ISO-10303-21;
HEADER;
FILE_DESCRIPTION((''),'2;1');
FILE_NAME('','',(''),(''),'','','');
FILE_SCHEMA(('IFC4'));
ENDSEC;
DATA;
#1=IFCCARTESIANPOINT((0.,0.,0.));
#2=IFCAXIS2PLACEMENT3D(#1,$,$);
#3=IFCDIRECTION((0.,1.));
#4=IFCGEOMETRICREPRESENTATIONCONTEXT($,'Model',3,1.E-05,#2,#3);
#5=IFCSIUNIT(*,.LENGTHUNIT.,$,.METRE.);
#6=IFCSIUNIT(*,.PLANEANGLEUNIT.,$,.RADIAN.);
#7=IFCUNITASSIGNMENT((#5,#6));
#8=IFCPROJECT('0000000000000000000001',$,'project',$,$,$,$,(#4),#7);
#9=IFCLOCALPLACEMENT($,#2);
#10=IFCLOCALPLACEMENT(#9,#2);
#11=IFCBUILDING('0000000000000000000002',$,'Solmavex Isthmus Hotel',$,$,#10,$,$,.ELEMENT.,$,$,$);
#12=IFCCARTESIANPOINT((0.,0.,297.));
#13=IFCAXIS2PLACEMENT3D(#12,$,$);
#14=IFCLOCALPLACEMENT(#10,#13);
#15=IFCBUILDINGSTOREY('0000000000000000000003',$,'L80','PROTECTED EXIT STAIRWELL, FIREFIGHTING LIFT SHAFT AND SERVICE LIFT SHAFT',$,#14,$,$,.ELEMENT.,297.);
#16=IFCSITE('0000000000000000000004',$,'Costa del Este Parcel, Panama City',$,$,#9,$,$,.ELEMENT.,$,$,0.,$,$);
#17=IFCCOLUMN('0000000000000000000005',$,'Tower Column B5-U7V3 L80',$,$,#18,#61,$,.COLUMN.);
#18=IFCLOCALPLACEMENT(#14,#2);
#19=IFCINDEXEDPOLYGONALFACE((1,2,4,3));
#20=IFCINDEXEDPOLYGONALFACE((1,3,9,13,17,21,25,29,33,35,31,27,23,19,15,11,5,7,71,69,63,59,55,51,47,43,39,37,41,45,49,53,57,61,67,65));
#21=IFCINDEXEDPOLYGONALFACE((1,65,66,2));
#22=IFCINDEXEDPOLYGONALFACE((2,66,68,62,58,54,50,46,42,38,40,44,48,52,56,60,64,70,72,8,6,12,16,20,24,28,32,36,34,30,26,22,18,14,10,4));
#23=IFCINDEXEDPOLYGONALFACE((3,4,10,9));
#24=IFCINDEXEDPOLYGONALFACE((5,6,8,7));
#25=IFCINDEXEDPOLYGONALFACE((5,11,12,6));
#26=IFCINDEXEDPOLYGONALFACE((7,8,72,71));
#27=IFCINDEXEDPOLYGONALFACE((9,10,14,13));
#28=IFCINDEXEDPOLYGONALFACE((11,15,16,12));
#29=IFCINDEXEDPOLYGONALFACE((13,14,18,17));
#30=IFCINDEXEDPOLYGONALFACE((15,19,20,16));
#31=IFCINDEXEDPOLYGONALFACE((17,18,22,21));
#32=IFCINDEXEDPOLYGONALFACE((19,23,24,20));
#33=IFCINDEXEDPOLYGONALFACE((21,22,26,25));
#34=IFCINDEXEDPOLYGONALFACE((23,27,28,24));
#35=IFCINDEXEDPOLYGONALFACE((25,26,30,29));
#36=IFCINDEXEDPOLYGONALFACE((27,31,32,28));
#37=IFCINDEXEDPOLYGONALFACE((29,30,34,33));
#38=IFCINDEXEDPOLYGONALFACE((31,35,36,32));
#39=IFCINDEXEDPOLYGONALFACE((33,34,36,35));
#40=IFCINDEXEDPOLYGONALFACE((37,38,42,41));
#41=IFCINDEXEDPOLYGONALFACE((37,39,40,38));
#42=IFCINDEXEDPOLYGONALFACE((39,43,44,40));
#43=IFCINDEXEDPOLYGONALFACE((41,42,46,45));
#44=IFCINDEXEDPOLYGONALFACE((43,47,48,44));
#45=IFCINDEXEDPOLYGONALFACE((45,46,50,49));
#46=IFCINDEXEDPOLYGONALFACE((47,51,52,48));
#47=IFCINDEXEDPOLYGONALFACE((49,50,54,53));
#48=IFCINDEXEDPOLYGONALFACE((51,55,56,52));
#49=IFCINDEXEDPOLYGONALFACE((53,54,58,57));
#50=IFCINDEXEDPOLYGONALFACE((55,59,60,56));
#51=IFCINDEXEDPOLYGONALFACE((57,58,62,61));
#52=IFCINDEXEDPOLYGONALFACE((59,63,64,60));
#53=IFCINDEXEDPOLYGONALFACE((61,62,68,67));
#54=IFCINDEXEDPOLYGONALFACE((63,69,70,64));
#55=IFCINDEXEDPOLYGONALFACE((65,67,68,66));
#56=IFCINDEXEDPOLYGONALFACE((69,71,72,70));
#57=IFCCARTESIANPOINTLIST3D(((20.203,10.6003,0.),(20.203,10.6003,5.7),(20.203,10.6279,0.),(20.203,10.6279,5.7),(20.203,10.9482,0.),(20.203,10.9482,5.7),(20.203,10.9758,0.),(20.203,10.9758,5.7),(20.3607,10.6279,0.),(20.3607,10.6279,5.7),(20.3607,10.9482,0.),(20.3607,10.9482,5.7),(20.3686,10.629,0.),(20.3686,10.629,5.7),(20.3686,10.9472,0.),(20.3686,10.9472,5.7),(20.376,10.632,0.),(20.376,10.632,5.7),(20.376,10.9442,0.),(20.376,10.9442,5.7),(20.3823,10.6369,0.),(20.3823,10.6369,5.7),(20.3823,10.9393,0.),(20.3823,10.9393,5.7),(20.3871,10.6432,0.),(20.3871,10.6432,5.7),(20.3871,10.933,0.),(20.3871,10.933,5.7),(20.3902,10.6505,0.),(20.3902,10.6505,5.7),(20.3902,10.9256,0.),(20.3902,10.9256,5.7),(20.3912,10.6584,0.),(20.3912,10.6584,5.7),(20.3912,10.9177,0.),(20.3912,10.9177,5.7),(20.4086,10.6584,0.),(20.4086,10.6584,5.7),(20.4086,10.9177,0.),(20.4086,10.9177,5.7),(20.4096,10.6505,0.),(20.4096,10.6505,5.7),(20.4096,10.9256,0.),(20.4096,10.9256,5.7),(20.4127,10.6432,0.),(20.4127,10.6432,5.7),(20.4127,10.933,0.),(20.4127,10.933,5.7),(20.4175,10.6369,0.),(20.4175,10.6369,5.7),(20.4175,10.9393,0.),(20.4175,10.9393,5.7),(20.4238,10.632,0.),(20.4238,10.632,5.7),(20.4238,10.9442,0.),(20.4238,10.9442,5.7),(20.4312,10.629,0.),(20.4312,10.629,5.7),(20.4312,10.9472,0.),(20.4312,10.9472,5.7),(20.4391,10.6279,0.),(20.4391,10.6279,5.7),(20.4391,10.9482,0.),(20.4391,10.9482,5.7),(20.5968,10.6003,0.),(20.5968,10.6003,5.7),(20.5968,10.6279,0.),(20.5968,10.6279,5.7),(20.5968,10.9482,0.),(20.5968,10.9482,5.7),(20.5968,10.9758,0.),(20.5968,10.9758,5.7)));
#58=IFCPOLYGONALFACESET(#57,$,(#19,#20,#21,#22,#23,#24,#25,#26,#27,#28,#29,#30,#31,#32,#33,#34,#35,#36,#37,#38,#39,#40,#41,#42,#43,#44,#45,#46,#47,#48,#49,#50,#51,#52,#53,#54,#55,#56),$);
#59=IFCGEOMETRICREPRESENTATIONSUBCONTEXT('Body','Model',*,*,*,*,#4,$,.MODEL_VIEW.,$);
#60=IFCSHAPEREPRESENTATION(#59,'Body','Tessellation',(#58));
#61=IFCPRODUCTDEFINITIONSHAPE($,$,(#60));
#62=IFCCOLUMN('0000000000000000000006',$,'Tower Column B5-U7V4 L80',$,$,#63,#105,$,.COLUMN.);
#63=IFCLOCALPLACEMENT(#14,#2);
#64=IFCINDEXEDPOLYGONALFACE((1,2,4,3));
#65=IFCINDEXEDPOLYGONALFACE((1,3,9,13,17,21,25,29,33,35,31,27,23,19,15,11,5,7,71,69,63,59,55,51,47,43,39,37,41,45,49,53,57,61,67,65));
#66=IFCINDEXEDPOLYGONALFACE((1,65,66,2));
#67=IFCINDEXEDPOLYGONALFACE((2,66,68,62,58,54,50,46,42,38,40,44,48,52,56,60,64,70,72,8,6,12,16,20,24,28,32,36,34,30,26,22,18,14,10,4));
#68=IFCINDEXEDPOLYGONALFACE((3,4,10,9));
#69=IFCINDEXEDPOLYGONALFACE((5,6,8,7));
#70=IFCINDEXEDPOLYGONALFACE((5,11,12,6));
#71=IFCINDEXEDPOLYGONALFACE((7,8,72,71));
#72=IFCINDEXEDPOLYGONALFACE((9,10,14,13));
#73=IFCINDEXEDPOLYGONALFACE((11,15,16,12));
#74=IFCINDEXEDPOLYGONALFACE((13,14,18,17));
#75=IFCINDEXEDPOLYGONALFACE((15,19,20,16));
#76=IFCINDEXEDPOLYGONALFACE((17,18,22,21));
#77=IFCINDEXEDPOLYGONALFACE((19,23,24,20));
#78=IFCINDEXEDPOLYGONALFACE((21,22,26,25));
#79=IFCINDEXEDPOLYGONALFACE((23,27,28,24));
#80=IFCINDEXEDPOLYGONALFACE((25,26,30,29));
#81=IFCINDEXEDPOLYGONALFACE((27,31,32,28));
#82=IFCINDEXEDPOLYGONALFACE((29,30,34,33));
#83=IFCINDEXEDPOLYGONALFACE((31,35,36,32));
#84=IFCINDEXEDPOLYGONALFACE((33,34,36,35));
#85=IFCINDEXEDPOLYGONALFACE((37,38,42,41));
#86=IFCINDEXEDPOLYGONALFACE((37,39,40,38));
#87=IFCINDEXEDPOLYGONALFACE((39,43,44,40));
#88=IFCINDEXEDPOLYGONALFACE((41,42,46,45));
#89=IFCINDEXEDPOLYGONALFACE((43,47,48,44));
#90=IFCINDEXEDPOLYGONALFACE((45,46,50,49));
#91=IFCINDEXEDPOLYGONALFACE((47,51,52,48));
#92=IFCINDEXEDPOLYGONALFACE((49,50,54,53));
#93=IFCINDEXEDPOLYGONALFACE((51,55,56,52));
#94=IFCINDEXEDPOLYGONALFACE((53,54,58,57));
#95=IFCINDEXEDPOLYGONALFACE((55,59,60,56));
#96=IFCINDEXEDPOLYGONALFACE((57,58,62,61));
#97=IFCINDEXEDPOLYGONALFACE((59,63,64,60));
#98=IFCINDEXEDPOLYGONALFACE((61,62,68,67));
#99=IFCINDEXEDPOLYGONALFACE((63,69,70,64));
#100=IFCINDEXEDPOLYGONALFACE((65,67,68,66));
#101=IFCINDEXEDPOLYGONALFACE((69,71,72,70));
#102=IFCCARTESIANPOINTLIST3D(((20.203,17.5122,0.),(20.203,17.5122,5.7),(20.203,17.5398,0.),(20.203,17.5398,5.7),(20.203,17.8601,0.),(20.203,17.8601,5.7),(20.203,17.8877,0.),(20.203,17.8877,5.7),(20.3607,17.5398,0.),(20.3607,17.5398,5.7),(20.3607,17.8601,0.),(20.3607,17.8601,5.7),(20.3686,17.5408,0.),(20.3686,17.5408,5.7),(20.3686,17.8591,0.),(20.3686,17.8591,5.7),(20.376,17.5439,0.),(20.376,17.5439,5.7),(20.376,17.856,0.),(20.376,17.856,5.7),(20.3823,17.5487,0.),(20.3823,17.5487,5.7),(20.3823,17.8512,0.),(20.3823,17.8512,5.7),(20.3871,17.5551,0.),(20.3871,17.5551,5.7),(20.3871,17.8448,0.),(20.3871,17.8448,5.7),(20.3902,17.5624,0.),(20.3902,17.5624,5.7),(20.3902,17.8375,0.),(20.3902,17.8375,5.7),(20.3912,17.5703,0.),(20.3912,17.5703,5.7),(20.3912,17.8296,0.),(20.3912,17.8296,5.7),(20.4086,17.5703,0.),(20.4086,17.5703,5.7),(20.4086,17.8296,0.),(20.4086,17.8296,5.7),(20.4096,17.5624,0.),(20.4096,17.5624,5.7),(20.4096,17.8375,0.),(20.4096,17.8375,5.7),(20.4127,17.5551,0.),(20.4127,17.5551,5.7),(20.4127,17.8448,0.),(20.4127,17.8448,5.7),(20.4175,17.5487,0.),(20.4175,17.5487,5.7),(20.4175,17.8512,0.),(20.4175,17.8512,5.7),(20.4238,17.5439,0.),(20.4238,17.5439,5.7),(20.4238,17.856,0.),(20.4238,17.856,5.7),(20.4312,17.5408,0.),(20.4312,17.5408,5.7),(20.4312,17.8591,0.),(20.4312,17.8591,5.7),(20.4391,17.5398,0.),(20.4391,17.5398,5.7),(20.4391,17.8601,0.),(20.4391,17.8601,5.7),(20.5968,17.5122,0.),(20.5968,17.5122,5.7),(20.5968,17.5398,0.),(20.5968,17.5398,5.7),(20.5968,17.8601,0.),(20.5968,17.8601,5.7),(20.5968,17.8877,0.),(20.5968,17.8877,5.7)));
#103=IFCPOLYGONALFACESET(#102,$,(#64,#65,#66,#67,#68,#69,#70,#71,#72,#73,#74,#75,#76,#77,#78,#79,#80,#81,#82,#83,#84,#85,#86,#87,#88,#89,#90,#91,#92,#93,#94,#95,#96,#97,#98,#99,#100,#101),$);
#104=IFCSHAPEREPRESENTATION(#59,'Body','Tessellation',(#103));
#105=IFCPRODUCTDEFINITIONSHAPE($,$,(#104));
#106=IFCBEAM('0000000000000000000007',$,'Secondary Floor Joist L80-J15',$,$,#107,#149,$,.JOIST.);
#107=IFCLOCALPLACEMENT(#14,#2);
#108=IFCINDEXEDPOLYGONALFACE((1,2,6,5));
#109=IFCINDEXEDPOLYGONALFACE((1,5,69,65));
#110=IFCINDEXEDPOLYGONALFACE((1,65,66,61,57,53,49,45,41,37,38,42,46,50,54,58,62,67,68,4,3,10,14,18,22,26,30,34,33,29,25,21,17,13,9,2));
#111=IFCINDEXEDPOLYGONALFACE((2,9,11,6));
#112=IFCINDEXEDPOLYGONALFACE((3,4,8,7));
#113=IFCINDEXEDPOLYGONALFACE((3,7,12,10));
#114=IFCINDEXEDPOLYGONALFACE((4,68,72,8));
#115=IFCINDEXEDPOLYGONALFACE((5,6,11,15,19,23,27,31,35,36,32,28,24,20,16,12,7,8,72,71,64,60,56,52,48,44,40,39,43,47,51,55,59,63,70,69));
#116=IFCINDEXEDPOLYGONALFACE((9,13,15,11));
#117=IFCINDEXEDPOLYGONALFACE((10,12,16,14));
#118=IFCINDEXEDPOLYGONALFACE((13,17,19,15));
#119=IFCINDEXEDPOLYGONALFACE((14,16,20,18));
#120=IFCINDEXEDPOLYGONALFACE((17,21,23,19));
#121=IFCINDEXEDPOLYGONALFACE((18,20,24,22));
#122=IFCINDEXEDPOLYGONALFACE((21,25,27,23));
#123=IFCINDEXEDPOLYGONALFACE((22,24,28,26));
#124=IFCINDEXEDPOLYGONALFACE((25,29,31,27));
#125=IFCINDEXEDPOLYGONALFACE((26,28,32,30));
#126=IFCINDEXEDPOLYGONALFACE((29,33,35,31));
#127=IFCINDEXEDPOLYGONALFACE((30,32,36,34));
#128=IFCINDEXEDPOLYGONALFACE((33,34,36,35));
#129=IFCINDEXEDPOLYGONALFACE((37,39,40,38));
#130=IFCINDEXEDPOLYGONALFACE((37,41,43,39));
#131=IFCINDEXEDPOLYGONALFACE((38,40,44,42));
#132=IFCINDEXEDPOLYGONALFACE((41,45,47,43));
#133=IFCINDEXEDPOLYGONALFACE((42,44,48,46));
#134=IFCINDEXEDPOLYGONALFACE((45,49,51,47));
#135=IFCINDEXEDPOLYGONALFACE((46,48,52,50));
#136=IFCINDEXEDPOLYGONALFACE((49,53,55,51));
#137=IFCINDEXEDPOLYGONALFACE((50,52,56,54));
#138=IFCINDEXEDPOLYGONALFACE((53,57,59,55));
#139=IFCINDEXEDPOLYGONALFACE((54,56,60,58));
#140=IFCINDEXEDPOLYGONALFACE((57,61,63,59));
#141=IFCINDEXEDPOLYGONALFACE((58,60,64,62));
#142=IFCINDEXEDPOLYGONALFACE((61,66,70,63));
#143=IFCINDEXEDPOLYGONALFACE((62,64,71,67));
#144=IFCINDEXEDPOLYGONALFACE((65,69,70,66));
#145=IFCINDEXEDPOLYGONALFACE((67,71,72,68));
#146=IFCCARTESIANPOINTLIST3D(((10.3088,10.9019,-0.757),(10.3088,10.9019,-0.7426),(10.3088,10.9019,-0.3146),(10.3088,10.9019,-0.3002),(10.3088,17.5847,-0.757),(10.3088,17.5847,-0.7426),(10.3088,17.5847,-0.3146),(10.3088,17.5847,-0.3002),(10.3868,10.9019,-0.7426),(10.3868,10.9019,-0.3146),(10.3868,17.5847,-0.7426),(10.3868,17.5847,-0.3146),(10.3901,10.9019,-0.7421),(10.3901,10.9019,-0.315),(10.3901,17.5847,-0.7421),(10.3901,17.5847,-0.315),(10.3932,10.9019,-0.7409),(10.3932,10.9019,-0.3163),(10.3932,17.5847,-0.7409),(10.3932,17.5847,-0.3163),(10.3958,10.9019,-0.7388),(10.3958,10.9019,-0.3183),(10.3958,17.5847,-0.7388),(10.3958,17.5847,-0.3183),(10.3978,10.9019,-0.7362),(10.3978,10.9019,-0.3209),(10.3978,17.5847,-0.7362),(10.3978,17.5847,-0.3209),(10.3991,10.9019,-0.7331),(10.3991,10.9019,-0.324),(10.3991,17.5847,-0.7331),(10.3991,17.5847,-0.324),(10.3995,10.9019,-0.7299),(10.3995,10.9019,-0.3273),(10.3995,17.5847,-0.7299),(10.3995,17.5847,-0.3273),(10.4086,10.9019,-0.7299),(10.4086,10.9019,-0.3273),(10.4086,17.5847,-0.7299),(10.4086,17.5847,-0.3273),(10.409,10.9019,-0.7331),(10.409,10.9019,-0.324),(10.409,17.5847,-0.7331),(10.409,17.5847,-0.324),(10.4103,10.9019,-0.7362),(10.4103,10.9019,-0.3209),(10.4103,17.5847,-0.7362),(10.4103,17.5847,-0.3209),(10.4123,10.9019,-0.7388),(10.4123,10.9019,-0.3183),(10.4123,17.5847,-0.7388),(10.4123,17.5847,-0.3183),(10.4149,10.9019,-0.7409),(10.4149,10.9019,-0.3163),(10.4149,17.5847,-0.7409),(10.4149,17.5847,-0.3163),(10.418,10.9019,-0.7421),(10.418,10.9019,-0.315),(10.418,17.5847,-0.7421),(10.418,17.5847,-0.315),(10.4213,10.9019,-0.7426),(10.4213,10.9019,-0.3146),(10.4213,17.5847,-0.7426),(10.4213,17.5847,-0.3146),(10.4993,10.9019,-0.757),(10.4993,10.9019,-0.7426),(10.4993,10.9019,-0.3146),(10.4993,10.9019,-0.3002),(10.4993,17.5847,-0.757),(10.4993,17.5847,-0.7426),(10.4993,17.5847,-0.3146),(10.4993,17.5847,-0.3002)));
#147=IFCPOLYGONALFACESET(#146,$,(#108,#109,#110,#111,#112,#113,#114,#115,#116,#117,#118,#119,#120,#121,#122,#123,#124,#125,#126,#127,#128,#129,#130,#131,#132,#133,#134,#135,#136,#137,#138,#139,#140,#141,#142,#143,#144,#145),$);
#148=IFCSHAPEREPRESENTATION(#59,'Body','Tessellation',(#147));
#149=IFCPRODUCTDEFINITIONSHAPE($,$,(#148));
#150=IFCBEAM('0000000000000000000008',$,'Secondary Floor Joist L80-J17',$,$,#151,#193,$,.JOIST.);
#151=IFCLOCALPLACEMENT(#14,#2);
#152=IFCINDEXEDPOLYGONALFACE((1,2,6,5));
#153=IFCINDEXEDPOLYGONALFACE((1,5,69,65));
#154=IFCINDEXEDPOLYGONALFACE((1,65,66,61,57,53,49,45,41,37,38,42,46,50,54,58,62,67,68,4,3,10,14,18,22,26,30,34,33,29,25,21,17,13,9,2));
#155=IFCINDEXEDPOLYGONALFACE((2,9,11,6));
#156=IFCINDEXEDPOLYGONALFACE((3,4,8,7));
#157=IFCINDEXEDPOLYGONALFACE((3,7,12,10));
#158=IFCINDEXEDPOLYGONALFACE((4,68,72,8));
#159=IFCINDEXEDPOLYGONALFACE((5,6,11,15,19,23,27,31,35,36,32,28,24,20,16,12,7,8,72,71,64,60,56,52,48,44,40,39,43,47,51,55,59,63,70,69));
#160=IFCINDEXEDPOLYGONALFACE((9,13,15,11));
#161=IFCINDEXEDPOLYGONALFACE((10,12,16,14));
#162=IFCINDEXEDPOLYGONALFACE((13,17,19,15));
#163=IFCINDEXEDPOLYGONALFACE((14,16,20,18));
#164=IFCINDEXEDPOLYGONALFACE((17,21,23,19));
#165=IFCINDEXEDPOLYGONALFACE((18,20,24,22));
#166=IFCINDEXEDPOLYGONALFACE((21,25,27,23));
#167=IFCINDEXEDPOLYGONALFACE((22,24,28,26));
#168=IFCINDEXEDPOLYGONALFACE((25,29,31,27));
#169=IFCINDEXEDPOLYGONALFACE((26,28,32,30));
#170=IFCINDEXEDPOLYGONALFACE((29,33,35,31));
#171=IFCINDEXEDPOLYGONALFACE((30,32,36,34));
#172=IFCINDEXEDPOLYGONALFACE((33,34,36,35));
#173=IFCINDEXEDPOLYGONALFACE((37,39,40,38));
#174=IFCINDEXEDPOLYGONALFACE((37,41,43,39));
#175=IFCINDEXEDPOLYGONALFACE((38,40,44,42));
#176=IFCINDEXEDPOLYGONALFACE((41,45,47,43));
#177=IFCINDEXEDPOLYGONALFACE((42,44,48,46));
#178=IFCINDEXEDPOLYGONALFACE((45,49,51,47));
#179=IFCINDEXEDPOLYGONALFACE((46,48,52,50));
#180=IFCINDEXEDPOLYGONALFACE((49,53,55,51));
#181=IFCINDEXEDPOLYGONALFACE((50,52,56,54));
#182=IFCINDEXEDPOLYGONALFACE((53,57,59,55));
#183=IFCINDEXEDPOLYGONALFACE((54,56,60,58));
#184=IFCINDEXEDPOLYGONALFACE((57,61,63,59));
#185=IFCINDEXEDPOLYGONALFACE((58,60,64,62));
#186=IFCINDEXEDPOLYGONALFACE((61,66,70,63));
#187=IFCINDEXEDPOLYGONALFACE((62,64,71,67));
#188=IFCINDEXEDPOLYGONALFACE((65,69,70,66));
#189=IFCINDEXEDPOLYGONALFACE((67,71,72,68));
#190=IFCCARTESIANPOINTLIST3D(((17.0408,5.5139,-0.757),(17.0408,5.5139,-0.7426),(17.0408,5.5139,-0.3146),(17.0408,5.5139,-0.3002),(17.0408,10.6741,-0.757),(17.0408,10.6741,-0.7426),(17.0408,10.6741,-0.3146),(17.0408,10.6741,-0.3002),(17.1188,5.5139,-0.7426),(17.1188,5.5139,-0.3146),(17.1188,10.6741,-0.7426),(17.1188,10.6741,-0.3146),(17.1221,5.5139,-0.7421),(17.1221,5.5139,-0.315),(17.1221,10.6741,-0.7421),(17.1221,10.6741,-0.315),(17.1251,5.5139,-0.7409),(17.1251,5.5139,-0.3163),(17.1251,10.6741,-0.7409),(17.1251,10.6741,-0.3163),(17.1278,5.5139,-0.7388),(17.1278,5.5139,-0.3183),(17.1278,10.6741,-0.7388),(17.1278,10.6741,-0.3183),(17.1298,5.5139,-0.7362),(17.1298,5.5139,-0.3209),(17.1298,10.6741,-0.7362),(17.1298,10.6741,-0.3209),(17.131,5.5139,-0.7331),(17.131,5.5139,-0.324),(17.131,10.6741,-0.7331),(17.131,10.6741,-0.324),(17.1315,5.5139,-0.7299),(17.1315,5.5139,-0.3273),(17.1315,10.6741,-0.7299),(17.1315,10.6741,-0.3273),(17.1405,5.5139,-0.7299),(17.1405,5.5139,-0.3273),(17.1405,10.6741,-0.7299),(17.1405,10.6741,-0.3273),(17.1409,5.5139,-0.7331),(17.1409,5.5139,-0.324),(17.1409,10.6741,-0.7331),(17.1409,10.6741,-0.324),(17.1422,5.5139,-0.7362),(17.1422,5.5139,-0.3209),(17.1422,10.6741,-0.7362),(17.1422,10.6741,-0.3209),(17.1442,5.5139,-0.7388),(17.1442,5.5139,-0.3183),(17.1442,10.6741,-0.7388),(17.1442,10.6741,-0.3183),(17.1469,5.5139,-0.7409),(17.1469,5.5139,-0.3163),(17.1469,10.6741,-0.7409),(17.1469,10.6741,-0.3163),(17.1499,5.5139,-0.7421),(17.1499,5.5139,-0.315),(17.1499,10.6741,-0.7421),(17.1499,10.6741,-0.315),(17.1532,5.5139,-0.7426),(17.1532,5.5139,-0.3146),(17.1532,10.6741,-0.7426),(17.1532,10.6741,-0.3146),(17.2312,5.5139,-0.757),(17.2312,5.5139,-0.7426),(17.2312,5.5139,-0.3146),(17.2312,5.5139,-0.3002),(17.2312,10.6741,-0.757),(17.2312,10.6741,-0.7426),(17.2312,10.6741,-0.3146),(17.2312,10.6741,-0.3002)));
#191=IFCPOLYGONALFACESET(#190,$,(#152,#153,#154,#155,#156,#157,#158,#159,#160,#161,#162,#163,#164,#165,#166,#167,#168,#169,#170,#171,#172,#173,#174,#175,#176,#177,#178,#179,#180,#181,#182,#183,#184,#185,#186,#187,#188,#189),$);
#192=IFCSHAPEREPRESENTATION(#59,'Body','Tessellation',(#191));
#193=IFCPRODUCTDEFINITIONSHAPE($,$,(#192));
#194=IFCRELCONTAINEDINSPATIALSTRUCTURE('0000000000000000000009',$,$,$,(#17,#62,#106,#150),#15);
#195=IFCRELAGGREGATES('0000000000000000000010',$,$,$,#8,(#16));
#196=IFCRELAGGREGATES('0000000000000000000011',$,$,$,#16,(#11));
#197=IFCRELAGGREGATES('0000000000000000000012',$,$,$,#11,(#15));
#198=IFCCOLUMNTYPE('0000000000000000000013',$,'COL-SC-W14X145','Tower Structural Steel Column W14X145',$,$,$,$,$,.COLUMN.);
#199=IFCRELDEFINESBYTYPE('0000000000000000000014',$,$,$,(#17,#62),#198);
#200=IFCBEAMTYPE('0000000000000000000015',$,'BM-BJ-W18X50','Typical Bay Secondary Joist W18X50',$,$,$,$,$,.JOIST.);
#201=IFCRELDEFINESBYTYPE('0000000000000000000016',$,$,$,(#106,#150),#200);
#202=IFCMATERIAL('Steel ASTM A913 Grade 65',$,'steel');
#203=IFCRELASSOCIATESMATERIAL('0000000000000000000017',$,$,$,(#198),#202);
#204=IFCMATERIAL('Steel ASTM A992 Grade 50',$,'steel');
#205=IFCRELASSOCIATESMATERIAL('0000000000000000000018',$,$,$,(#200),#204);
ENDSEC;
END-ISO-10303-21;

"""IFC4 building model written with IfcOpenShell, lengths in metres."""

from ifc_helpers import new_model, si_unit, direction, frame, origin, origin_2d, place, context, subcontext, project, spatial, i_section, extrude, material, material_profile, profile_set, type_object, element, save


model = new_model("IFC4")

# Units and contexts
model_context = context("Model", 3, precision=1e-05, world=origin(), true_north=direction((0.0, 1.0)))
body_context = subcontext(model_context, "Body", "Model", "MODEL_VIEW")
ifc_project = project(units=[si_unit("LENGTHUNIT", "METRE"), si_unit("PLANEANGLEUNIT", "RADIAN")], contexts=[model_context])

# Site, building, storey
site_placement = place(None, origin())
site = spatial("IfcSite", under=ifc_project, at=site_placement, Name="Costa del Este Parcel, Panama City", CompositionType="ELEMENT", RefElevation=0.0)
building_placement = place(site_placement, origin())
building = spatial("IfcBuilding", under=site, at=building_placement, Name="Solmavex Isthmus Hotel", CompositionType="ELEMENT")
storey_placement = place(building_placement, frame((0.0, 0.0, 297.0)))
storey = spatial("IfcBuildingStorey", under=building, at=storey_placement, Name="L80", Description="PROTECTED EXIT STAIRWELL, FIREFIGHTING LIFT SHAFT AND SERVICE LIFT SHAFT", CompositionType="ELEMENT", Elevation=297.0)

# Columns
ifc_material_1 = material(Name="Steel ASTM A913 Grade 65", Category="steel")
ifc_material_profile_1 = material_profile(ifc_material_1, i_section(OverallWidth=0.3938, OverallDepth=0.3755, WebThickness=0.0173, FlangeThickness=0.0276, FilletRadius=0.0305, at=origin_2d()), Name="W14X145")
ifc_profile_set_1 = profile_set([ifc_material_profile_1], Name="Steel ASTM A913 Grade 65")
column_type = type_object("IfcColumnType", Name="COL-SC-W14X145", Description="Tower Structural Steel Column W14X145", PredefinedType="COLUMN", material=ifc_profile_set_1)
for number, where, z_axis, x_axis, name in (
    (1, (20.3999, 10.7881, 0.0), (0.0, 0.0, 1.0), (1.0, 0.0, 0.0), "Tower Column B5-U7V3 L80"),
    (2, (20.3999, 17.7, 0.0), (0.0, 0.0, 1.0), (1.0, 0.0, 0.0), "Tower Column B5-U7V4 L80"),
):
    element("IfcColumn", number, at=place(storey_placement, frame(where, z_axis=z_axis, x_axis=x_axis)), inside=storey, type_object=column_type, Name=name, PredefinedType="COLUMN", context=body_context, shape_type="SweptSolid", body=[
        extrude(i_section(OverallWidth=0.3938, OverallDepth=0.3755, WebThickness=0.0173, FlangeThickness=0.0276, FilletRadius=0.0305, at=origin_2d()), origin(), (0.0, 0.0, 1.0), 5.7),
    ])

# Beams
ifc_material_2 = material(Name="Steel ASTM A992 Grade 50", Category="steel")
ifc_material_profile_2 = material_profile(ifc_material_2, i_section(OverallWidth=0.1904, OverallDepth=0.4568, WebThickness=0.009, FlangeThickness=0.0144, FilletRadius=0.0127, at=origin_2d()), Name="W18X50")
ifc_profile_set_2 = profile_set([ifc_material_profile_2], Name="Steel ASTM A992 Grade 50")
beam_type_1 = type_object("IfcBeamType", Name="BM-BJ-W18X50", Description="Typical Bay Secondary Joist W18X50", PredefinedType="JOIST", material=ifc_profile_set_2)
beam_1_placement = place(storey_placement, frame((10.4041, 10.9019, -0.5286), z_axis=(0.0, 1.0, 0.0), x_axis=(-1.0, 0.0, 0.0)))
element("IfcBeam", 3, at=beam_1_placement, inside=storey, type_object=beam_type_1, Name="Secondary Floor Joist L80-J15", PredefinedType="JOIST", context=body_context, shape_type="SweptSolid", body=[
    extrude(i_section(OverallWidth=0.1904, OverallDepth=0.4568, WebThickness=0.009, FlangeThickness=0.0144, FilletRadius=0.0127, at=origin_2d()), origin(), (0.0, 0.0, 1.0), 6.6829),
])
beam_2_placement = place(storey_placement, frame((17.136, 5.5139, -0.5286), z_axis=(0.0, 1.0, 0.0), x_axis=(-1.0, 0.0, 0.0)))
element("IfcBeam", 4, at=beam_2_placement, inside=storey, type_object=beam_type_1, Name="Secondary Floor Joist L80-J17", PredefinedType="JOIST", context=body_context, shape_type="SweptSolid", body=[
    extrude(i_section(OverallWidth=0.1904, OverallDepth=0.4568, WebThickness=0.009, FlangeThickness=0.0144, FilletRadius=0.0127, at=origin_2d()), origin(), (0.0, 0.0, 1.0), 5.1602),
])

save(model, "model.ifc")
